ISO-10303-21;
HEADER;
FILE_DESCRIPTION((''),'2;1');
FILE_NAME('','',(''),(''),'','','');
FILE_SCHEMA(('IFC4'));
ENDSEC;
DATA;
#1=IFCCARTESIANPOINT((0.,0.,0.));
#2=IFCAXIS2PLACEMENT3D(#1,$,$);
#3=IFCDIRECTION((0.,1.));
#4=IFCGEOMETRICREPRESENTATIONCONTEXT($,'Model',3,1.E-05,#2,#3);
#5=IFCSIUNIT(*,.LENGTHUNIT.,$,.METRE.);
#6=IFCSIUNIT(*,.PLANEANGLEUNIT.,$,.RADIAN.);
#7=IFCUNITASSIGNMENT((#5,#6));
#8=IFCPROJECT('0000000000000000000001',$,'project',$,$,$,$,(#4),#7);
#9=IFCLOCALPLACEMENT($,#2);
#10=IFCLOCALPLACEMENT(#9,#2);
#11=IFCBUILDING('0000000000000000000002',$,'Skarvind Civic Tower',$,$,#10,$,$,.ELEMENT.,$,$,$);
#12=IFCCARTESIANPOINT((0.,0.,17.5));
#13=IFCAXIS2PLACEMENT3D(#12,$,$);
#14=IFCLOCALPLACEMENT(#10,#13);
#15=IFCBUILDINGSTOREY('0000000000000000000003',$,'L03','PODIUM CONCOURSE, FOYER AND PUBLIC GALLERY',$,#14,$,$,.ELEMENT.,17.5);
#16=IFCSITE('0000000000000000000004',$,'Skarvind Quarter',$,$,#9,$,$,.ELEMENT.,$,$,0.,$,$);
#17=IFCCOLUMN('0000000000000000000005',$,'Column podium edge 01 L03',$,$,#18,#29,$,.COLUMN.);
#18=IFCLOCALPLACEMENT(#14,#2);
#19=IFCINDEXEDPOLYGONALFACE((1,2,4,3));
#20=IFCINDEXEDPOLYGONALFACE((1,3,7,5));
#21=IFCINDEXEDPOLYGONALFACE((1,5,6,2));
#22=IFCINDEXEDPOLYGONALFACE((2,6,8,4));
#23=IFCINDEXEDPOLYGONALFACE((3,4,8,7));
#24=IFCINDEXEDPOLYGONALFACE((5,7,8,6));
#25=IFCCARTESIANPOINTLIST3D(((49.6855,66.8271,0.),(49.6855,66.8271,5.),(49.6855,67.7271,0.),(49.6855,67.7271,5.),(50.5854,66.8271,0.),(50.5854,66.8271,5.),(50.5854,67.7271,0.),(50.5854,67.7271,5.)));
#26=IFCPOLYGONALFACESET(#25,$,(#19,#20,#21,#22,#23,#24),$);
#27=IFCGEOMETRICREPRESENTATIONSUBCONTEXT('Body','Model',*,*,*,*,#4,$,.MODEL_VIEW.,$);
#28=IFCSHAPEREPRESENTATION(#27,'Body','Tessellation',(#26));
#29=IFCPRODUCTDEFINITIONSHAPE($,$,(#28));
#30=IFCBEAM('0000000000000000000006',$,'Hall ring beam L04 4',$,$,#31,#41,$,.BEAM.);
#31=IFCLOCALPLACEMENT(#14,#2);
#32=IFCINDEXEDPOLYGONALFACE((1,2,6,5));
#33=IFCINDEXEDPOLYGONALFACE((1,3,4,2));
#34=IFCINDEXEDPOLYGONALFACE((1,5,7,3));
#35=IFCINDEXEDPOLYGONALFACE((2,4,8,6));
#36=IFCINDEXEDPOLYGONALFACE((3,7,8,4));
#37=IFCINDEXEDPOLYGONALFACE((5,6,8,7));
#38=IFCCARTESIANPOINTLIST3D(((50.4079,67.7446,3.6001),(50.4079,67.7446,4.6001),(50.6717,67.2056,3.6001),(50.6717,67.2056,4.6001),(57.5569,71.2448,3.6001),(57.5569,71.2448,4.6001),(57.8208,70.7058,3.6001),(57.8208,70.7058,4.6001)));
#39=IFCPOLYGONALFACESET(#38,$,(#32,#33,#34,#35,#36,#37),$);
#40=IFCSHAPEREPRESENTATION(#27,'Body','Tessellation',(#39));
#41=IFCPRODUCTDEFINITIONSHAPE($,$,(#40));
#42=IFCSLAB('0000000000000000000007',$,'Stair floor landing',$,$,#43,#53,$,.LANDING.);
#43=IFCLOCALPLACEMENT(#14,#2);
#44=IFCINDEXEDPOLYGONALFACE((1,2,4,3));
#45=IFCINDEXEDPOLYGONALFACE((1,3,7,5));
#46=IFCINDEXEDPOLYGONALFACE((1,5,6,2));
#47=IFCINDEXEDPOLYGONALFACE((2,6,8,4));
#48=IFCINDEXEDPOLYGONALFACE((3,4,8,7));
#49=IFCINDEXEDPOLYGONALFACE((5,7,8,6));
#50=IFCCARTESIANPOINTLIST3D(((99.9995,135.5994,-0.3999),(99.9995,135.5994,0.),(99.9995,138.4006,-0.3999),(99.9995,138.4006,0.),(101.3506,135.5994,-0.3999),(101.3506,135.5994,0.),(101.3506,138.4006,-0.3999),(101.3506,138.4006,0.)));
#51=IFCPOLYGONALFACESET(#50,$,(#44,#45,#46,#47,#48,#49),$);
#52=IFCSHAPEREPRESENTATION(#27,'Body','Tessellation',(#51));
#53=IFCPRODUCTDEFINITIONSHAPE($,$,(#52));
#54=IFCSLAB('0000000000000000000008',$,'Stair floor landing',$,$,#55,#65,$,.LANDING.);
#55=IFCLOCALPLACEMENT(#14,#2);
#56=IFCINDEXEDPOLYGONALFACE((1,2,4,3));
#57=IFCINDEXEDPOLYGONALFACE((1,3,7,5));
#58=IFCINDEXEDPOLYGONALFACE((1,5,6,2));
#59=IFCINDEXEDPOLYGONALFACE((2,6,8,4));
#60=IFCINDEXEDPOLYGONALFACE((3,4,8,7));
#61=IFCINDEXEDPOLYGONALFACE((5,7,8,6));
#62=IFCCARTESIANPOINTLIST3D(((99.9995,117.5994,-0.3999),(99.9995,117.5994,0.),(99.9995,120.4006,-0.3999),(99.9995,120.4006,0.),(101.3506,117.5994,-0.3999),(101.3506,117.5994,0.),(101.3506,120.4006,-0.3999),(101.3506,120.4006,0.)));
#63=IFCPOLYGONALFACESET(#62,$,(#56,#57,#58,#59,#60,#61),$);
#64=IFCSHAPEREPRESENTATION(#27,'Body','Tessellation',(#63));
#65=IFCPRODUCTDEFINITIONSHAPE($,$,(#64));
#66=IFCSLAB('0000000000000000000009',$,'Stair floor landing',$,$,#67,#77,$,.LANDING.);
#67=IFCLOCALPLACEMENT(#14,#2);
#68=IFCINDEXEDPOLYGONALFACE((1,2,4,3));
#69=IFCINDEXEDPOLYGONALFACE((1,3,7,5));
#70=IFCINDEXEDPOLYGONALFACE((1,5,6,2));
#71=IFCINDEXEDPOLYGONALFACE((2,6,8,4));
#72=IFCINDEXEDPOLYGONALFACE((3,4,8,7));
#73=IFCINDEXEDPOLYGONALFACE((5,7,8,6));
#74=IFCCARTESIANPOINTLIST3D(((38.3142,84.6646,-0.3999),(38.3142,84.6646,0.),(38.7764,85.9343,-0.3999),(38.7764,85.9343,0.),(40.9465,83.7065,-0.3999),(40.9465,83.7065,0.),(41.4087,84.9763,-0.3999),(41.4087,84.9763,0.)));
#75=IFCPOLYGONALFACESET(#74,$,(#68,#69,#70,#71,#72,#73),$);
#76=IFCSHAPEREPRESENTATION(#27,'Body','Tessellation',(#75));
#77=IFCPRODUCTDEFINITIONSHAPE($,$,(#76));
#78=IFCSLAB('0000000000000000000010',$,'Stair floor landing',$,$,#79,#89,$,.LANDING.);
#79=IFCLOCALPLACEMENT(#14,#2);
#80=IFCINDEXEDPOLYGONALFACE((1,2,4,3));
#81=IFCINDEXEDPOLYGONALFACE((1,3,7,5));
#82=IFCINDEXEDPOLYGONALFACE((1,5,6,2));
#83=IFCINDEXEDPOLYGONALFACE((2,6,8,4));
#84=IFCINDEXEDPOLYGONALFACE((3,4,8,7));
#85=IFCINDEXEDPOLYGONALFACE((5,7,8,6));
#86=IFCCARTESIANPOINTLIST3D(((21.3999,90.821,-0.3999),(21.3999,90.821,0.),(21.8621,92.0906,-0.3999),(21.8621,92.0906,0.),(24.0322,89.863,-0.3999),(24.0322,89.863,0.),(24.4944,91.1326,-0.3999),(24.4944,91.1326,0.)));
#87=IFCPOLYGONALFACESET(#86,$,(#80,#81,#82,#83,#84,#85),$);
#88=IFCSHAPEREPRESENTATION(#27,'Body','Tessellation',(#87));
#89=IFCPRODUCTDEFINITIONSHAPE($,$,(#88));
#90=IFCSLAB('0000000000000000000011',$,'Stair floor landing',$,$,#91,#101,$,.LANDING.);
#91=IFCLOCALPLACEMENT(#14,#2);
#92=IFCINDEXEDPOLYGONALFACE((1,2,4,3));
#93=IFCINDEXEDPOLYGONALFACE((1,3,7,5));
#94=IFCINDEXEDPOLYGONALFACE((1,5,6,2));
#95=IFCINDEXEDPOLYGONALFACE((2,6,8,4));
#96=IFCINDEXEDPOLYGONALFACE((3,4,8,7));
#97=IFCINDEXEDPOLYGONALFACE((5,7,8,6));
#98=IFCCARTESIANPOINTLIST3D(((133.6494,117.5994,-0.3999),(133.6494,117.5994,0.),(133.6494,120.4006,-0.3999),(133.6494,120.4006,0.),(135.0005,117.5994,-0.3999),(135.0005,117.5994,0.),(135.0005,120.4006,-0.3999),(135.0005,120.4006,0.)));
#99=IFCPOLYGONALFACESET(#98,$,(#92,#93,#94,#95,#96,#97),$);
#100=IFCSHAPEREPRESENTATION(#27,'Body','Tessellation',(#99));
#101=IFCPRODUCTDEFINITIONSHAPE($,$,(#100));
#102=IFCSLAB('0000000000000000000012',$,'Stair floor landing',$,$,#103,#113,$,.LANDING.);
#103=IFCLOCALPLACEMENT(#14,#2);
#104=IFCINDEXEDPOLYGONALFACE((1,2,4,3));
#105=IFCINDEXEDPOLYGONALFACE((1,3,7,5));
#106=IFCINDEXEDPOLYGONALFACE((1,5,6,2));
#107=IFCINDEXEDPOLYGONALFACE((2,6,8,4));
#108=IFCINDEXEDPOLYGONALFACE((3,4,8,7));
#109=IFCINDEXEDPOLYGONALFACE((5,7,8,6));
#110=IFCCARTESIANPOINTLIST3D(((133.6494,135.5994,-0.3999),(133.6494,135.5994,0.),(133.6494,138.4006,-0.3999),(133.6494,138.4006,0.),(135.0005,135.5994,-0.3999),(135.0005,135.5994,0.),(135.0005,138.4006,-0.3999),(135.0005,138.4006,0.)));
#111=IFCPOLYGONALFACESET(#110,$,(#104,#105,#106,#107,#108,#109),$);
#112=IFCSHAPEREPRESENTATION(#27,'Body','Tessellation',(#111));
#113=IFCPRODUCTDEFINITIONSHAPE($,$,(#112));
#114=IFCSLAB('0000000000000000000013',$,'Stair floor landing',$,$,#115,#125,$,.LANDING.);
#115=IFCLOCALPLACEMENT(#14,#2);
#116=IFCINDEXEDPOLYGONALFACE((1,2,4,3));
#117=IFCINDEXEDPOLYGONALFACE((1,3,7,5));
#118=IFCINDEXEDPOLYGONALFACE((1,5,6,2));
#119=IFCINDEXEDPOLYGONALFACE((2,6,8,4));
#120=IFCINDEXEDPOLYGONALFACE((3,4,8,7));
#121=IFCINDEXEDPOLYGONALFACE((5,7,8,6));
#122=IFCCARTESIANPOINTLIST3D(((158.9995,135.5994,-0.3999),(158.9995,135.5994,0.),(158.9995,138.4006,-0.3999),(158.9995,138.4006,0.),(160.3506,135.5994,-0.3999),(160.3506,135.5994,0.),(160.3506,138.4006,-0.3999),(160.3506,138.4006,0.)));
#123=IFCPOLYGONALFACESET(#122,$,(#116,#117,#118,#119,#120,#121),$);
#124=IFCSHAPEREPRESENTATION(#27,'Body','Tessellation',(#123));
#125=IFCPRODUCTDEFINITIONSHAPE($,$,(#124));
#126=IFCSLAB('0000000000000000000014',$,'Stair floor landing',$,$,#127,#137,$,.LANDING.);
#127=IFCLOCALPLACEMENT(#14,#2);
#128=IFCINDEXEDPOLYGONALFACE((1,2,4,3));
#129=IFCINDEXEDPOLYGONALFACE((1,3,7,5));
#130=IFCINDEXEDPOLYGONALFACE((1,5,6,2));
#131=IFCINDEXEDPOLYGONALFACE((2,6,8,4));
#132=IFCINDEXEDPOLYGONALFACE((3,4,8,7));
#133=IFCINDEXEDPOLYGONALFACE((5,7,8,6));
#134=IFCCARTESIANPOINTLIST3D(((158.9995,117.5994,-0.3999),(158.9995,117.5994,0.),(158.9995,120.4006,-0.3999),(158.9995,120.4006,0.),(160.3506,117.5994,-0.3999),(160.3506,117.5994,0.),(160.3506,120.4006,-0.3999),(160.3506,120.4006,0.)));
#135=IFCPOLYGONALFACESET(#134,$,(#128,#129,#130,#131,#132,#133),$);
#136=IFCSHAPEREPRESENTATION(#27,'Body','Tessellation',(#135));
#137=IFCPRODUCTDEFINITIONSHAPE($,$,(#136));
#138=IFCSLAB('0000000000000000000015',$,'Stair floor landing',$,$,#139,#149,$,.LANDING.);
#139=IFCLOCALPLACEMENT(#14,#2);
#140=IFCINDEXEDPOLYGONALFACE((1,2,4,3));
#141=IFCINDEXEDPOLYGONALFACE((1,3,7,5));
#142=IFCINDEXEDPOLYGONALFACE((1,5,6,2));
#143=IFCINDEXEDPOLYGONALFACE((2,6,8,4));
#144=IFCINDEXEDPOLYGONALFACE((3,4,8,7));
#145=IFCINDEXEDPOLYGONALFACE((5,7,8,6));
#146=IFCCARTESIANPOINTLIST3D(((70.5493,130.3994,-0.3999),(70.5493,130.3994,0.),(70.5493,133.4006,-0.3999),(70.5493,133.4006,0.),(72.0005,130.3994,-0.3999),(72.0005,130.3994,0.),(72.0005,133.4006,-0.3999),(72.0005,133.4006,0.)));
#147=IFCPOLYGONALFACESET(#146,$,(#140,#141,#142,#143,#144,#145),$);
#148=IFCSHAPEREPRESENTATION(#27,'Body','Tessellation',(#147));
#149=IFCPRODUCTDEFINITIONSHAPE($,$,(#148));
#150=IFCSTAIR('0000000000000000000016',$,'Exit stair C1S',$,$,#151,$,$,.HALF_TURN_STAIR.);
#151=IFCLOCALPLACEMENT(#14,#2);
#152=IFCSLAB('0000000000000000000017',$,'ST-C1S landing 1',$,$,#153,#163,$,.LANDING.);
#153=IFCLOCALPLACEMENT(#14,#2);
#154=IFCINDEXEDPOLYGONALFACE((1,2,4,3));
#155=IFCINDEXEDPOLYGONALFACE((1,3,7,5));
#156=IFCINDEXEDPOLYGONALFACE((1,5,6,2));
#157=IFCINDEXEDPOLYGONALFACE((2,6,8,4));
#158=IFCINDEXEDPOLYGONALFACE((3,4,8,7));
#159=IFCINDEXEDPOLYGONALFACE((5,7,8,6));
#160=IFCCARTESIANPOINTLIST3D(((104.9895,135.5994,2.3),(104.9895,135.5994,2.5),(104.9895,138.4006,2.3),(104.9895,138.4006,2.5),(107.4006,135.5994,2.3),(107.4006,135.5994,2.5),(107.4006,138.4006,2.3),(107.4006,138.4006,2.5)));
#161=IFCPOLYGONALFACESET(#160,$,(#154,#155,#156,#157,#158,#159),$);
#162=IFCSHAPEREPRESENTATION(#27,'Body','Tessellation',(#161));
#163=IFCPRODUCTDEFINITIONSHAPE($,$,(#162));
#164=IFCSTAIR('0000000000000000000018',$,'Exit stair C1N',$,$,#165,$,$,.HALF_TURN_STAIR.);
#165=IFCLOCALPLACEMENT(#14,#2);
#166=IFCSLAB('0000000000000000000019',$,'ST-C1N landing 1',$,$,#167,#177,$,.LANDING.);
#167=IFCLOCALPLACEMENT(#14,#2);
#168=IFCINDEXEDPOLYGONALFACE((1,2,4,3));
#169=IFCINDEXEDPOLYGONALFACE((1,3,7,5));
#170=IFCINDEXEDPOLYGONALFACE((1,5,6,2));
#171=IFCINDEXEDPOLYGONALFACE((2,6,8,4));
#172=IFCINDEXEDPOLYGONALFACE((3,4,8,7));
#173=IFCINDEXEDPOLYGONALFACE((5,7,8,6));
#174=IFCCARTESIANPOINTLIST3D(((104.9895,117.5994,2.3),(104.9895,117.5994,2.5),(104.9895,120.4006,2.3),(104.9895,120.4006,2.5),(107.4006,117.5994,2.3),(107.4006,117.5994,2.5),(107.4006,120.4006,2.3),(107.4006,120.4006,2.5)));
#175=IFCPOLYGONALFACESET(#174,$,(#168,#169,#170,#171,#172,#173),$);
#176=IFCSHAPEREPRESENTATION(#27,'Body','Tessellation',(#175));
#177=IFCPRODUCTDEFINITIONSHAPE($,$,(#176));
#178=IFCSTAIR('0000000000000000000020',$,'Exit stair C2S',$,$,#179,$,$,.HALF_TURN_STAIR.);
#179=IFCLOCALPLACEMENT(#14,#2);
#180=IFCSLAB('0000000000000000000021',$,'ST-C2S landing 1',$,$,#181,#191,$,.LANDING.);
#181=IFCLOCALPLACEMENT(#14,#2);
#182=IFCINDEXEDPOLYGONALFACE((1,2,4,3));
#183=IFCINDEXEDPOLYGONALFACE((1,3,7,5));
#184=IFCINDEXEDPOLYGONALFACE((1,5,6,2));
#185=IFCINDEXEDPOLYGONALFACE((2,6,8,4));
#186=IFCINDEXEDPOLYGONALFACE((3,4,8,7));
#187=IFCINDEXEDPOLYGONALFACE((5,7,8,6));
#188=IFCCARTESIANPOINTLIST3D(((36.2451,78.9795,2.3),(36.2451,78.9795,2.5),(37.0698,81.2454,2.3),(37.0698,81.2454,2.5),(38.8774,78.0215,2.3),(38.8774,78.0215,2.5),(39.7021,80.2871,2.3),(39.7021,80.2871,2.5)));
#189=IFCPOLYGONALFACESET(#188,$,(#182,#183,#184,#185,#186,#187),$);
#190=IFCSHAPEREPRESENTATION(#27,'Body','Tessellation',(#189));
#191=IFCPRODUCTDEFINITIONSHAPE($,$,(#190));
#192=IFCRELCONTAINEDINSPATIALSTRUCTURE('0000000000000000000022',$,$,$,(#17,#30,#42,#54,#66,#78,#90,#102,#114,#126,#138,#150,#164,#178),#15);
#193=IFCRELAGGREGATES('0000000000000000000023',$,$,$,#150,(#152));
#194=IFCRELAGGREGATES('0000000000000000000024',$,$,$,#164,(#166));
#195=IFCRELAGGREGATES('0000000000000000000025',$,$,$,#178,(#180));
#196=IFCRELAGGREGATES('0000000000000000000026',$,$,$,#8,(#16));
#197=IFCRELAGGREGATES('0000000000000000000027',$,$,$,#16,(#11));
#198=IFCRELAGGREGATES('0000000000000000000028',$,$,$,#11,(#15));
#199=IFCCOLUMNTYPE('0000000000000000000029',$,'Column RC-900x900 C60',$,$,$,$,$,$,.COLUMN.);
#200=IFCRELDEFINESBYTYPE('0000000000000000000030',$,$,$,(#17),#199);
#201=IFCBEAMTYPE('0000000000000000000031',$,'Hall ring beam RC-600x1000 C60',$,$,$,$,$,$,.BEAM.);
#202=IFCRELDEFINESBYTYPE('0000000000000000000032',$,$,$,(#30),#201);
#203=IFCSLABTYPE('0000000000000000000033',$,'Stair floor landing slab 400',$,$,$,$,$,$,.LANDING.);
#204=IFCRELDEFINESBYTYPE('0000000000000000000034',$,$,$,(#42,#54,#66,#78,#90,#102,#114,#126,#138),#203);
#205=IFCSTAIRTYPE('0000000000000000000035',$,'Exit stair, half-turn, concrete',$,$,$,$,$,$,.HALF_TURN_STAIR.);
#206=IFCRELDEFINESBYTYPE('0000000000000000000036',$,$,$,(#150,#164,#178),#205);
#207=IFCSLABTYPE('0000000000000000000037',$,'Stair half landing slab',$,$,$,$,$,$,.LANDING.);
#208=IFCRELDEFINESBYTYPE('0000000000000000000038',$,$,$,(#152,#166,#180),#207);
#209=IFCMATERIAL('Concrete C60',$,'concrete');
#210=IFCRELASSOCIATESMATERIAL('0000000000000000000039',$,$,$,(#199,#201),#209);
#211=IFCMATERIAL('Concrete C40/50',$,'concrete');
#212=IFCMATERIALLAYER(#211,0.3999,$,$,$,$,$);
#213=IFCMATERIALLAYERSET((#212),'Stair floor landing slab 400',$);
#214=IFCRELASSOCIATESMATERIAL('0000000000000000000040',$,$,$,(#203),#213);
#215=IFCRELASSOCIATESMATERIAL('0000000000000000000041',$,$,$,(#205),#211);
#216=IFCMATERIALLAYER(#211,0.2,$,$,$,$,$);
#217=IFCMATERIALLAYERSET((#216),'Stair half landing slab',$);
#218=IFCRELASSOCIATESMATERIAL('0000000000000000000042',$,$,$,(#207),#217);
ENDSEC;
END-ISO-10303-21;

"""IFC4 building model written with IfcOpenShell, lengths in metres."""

from ifc_helpers import new_model, si_unit, direction, frame, origin, origin_2d, place, context, subcontext, project, spatial, polyline, rectangle, outline, extrude, material, layer, layer_set, material_profile, profile_set, type_object, element, aggregate, save


model = new_model("IFC4")

# Units and contexts
model_context = context("Model", 3, precision=1e-05, world=origin(), true_north=direction((0.0, 1.0)))
body_context = subcontext(model_context, "Body", "Model", "MODEL_VIEW")
ifc_project = project(units=[si_unit("LENGTHUNIT", "METRE"), si_unit("PLANEANGLEUNIT", "RADIAN")], contexts=[model_context])

# Site, building, storey
site_placement = place(None, origin())
site = spatial("IfcSite", under=ifc_project, at=site_placement, Name="Skarvind Quarter", CompositionType="ELEMENT", RefElevation=0.0)
building_placement = place(site_placement, origin())
building = spatial("IfcBuilding", under=site, at=building_placement, Name="Skarvind Civic Tower", CompositionType="ELEMENT")
storey_placement = place(building_placement, frame((0.0, 0.0, 17.5)))
storey = spatial("IfcBuildingStorey", under=building, at=storey_placement, Name="L03", Description="PODIUM CONCOURSE, FOYER AND PUBLIC GALLERY", CompositionType="ELEMENT", Elevation=17.5)

# Column
ifc_material_1 = material(Name="Concrete C60", Category="concrete")
ifc_material_profile_1 = material_profile(ifc_material_1, rectangle(XDim=0.8999, YDim=0.8999, at=origin_2d()), Name="RC-900x900")
ifc_profile_set_1 = profile_set([ifc_material_profile_1], Name="Concrete C60")
column_type = type_object("IfcColumnType", Name="Column RC-900x900 C60", PredefinedType="COLUMN", material=ifc_profile_set_1)
column_placement = place(storey_placement, frame((50.1355, 67.2771, 0.0), z_axis=(0.0, 0.0, 1.0), x_axis=(1.0, 0.0, 0.0)))
element("IfcColumn", 1, at=column_placement, inside=storey, type_object=column_type, Name="Column podium edge 01 L03", PredefinedType="COLUMN", context=body_context, shape_type="SweptSolid", body=[
    extrude(rectangle(XDim=0.8999, YDim=0.8999, at=origin_2d()), origin(), (0.0, 0.0, 1.0), 5.0),
])

# Beam
ifc_material_profile_2 = material_profile(ifc_material_1, rectangle(XDim=0.6001, YDim=1.0, at=origin_2d()), Name="RC-600x1000")
ifc_profile_set_2 = profile_set([ifc_material_profile_2], Name="Concrete C60")
beam_type = type_object("IfcBeamType", Name="Hall ring beam RC-600x1000 C60", PredefinedType="BEAM", material=ifc_profile_set_2)
beam_placement = place(storey_placement, frame((50.5398, 67.4751, 4.1001), z_axis=(0.898132, 0.439727, 0.0), x_axis=(-0.439727, 0.898132, 0.0)))
element("IfcBeam", 2, at=beam_placement, inside=storey, type_object=beam_type, Name="Hall ring beam L04 4", PredefinedType="BEAM", context=body_context, shape_type="SweptSolid", body=[
    extrude(rectangle(XDim=0.6001, YDim=1.0, at=origin_2d()), origin(), (0.0, 0.0, 1.0), 7.96),
])

# Slabs
ifc_material_2 = material(Name="Concrete C40/50", Category="concrete")
ifc_layer_1 = layer(ifc_material_2, 0.3999)
ifc_layer_set_1 = layer_set([ifc_layer_1], Name="Stair floor landing slab 400")
slab_type_1 = type_object("IfcSlabType", Name="Stair floor landing slab 400", PredefinedType="LANDING", material=ifc_layer_set_1)
slab_1_placement = place(storey_placement, frame((0.0, 0.0, -0.3999)))
element("IfcSlab", 3, at=slab_1_placement, inside=storey, type_object=slab_type_1, Name="Stair floor landing", PredefinedType="LANDING", context=body_context, shape_type="SweptSolid", body=[
    extrude(outline(polyline([(101.3506, 138.4006), (101.3506, 135.5994), (99.9995, 135.5994), (99.9995, 138.4006), (101.3506, 138.4006)])), origin(), (0.0, 0.0, 1.0), 0.3999),
])
slab_2_placement = place(storey_placement, frame((0.0, 0.0, -0.3999)))
element("IfcSlab", 4, at=slab_2_placement, inside=storey, type_object=slab_type_1, Name="Stair floor landing", PredefinedType="LANDING", context=body_context, shape_type="SweptSolid", body=[
    extrude(outline(polyline([(101.3506, 120.4006), (101.3506, 117.5994), (99.9995, 117.5994), (99.9995, 120.4006), (101.3506, 120.4006)])), origin(), (0.0, 0.0, 1.0), 0.3999),
])
slab_3_placement = place(storey_placement, frame((0.0, 0.0, -0.3999)))
element("IfcSlab", 5, at=slab_3_placement, inside=storey, type_object=slab_type_1, Name="Stair floor landing", PredefinedType="LANDING", context=body_context, shape_type="SweptSolid", body=[
    extrude(outline(polyline([(40.9465, 83.7065), (38.3142, 84.6646), (38.7764, 85.9343), (41.4087, 84.9763), (40.9465, 83.7065)])), origin(), (0.0, 0.0, 1.0), 0.3999),
])
slab_4_placement = place(storey_placement, frame((0.0, 0.0, -0.3999)))
element("IfcSlab", 6, at=slab_4_placement, inside=storey, type_object=slab_type_1, Name="Stair floor landing", PredefinedType="LANDING", context=body_context, shape_type="SweptSolid", body=[
    extrude(outline(polyline([(24.0322, 89.863), (21.3999, 90.821), (21.8621, 92.0906), (24.4944, 91.1326), (24.0322, 89.863)])), origin(), (0.0, 0.0, 1.0), 0.3999),
])
slab_5_placement = place(storey_placement, frame((0.0, 0.0, -0.3999)))
element("IfcSlab", 7, at=slab_5_placement, inside=storey, type_object=slab_type_1, Name="Stair floor landing", PredefinedType="LANDING", context=body_context, shape_type="SweptSolid", body=[
    extrude(outline(polyline([(133.6494, 117.5994), (133.6494, 120.4006), (135.0005, 120.4006), (135.0005, 117.5994), (133.6494, 117.5994)])), origin(), (0.0, 0.0, 1.0), 0.3999),
])
slab_6_placement = place(storey_placement, frame((0.0, 0.0, -0.3999)))
element("IfcSlab", 8, at=slab_6_placement, inside=storey, type_object=slab_type_1, Name="Stair floor landing", PredefinedType="LANDING", context=body_context, shape_type="SweptSolid", body=[
    extrude(outline(polyline([(133.6494, 135.5994), (133.6494, 138.4006), (135.0005, 138.4006), (135.0005, 135.5994), (133.6494, 135.5994)])), origin(), (0.0, 0.0, 1.0), 0.3999),
])
slab_7_placement = place(storey_placement, frame((0.0, 0.0, -0.3999)))
element("IfcSlab", 9, at=slab_7_placement, inside=storey, type_object=slab_type_1, Name="Stair floor landing", PredefinedType="LANDING", context=body_context, shape_type="SweptSolid", body=[
    extrude(outline(polyline([(160.3506, 138.4006), (160.3506, 135.5994), (158.9995, 135.5994), (158.9995, 138.4006), (160.3506, 138.4006)])), origin(), (0.0, 0.0, 1.0), 0.3999),
])
slab_8_placement = place(storey_placement, frame((0.0, 0.0, -0.3999)))
element("IfcSlab", 10, at=slab_8_placement, inside=storey, type_object=slab_type_1, Name="Stair floor landing", PredefinedType="LANDING", context=body_context, shape_type="SweptSolid", body=[
    extrude(outline(polyline([(160.3506, 120.4006), (160.3506, 117.5994), (158.9995, 117.5994), (158.9995, 120.4006), (160.3506, 120.4006)])), origin(), (0.0, 0.0, 1.0), 0.3999),
])
slab_9_placement = place(storey_placement, frame((0.0, 0.0, -0.3999)))
element("IfcSlab", 11, at=slab_9_placement, inside=storey, type_object=slab_type_1, Name="Stair floor landing", PredefinedType="LANDING", context=body_context, shape_type="SweptSolid", body=[
    extrude(outline(polyline([(70.5493, 130.3994), (70.5493, 133.4006), (72.0005, 133.4006), (72.0005, 130.3994), (70.5493, 130.3994)])), origin(), (0.0, 0.0, 1.0), 0.3999),
])

# Stairs, slabs
stair_type_1 = type_object("IfcStairType", Name="Exit stair, half-turn, concrete", PredefinedType="HALF_TURN_STAIR", material=ifc_material_2)
stair_1_placement = place(storey_placement, origin())
stair_1 = element("IfcStair", 12, at=stair_1_placement, inside=storey, type_object=stair_type_1, Name="Exit stair C1S", PredefinedType="HALF_TURN_STAIR")
ifc_layer_2 = layer(ifc_material_2, 0.2)
ifc_layer_set_2 = layer_set([ifc_layer_2], Name="Stair half landing slab")
slab_type_2 = type_object("IfcSlabType", Name="Stair half landing slab", PredefinedType="LANDING", material=ifc_layer_set_2)
slab_10_placement = place(storey_placement, frame((0.0, 0.0, 2.3)))
slab_10 = element("IfcSlab", 13, at=slab_10_placement, type_object=slab_type_2, Name="ST-C1S landing 1", PredefinedType="LANDING", context=body_context, shape_type="SweptSolid", body=[
    extrude(outline(polyline([(104.9895, 135.5994), (104.9895, 138.4006), (107.4006, 138.4006), (107.4006, 135.5994), (104.9895, 135.5994)])), origin(), (0.0, 0.0, 1.0), 0.2),
])
aggregate(stair_1, [slab_10])
stair_2_placement = place(storey_placement, origin())
stair_2 = element("IfcStair", 14, at=stair_2_placement, inside=storey, type_object=stair_type_1, Name="Exit stair C1N", PredefinedType="HALF_TURN_STAIR")
slab_11_placement = place(storey_placement, frame((0.0, 0.0, 2.3)))
slab_11 = element("IfcSlab", 15, at=slab_11_placement, type_object=slab_type_2, Name="ST-C1N landing 1", PredefinedType="LANDING", context=body_context, shape_type="SweptSolid", body=[
    extrude(outline(polyline([(104.9895, 117.5994), (104.9895, 120.4006), (107.4006, 120.4006), (107.4006, 117.5994), (104.9895, 117.5994)])), origin(), (0.0, 0.0, 1.0), 0.2),
])
aggregate(stair_2, [slab_11])
stair_3_placement = place(storey_placement, origin())
stair_3 = element("IfcStair", 16, at=stair_3_placement, inside=storey, type_object=stair_type_1, Name="Exit stair C2S", PredefinedType="HALF_TURN_STAIR")
slab_12_placement = place(storey_placement, frame((0.0, 0.0, 2.3)))
slab_12 = element("IfcSlab", 17, at=slab_12_placement, type_object=slab_type_2, Name="ST-C2S landing 1", PredefinedType="LANDING", context=body_context, shape_type="SweptSolid", body=[
    extrude(outline(polyline([(37.0698, 81.2454), (39.7021, 80.2871), (38.8774, 78.0215), (36.2451, 78.9795), (37.0698, 81.2454)])), origin(), (0.0, 0.0, 1.0), 0.2),
])
aggregate(stair_3, [slab_12])

save(model, "model.ifc")
